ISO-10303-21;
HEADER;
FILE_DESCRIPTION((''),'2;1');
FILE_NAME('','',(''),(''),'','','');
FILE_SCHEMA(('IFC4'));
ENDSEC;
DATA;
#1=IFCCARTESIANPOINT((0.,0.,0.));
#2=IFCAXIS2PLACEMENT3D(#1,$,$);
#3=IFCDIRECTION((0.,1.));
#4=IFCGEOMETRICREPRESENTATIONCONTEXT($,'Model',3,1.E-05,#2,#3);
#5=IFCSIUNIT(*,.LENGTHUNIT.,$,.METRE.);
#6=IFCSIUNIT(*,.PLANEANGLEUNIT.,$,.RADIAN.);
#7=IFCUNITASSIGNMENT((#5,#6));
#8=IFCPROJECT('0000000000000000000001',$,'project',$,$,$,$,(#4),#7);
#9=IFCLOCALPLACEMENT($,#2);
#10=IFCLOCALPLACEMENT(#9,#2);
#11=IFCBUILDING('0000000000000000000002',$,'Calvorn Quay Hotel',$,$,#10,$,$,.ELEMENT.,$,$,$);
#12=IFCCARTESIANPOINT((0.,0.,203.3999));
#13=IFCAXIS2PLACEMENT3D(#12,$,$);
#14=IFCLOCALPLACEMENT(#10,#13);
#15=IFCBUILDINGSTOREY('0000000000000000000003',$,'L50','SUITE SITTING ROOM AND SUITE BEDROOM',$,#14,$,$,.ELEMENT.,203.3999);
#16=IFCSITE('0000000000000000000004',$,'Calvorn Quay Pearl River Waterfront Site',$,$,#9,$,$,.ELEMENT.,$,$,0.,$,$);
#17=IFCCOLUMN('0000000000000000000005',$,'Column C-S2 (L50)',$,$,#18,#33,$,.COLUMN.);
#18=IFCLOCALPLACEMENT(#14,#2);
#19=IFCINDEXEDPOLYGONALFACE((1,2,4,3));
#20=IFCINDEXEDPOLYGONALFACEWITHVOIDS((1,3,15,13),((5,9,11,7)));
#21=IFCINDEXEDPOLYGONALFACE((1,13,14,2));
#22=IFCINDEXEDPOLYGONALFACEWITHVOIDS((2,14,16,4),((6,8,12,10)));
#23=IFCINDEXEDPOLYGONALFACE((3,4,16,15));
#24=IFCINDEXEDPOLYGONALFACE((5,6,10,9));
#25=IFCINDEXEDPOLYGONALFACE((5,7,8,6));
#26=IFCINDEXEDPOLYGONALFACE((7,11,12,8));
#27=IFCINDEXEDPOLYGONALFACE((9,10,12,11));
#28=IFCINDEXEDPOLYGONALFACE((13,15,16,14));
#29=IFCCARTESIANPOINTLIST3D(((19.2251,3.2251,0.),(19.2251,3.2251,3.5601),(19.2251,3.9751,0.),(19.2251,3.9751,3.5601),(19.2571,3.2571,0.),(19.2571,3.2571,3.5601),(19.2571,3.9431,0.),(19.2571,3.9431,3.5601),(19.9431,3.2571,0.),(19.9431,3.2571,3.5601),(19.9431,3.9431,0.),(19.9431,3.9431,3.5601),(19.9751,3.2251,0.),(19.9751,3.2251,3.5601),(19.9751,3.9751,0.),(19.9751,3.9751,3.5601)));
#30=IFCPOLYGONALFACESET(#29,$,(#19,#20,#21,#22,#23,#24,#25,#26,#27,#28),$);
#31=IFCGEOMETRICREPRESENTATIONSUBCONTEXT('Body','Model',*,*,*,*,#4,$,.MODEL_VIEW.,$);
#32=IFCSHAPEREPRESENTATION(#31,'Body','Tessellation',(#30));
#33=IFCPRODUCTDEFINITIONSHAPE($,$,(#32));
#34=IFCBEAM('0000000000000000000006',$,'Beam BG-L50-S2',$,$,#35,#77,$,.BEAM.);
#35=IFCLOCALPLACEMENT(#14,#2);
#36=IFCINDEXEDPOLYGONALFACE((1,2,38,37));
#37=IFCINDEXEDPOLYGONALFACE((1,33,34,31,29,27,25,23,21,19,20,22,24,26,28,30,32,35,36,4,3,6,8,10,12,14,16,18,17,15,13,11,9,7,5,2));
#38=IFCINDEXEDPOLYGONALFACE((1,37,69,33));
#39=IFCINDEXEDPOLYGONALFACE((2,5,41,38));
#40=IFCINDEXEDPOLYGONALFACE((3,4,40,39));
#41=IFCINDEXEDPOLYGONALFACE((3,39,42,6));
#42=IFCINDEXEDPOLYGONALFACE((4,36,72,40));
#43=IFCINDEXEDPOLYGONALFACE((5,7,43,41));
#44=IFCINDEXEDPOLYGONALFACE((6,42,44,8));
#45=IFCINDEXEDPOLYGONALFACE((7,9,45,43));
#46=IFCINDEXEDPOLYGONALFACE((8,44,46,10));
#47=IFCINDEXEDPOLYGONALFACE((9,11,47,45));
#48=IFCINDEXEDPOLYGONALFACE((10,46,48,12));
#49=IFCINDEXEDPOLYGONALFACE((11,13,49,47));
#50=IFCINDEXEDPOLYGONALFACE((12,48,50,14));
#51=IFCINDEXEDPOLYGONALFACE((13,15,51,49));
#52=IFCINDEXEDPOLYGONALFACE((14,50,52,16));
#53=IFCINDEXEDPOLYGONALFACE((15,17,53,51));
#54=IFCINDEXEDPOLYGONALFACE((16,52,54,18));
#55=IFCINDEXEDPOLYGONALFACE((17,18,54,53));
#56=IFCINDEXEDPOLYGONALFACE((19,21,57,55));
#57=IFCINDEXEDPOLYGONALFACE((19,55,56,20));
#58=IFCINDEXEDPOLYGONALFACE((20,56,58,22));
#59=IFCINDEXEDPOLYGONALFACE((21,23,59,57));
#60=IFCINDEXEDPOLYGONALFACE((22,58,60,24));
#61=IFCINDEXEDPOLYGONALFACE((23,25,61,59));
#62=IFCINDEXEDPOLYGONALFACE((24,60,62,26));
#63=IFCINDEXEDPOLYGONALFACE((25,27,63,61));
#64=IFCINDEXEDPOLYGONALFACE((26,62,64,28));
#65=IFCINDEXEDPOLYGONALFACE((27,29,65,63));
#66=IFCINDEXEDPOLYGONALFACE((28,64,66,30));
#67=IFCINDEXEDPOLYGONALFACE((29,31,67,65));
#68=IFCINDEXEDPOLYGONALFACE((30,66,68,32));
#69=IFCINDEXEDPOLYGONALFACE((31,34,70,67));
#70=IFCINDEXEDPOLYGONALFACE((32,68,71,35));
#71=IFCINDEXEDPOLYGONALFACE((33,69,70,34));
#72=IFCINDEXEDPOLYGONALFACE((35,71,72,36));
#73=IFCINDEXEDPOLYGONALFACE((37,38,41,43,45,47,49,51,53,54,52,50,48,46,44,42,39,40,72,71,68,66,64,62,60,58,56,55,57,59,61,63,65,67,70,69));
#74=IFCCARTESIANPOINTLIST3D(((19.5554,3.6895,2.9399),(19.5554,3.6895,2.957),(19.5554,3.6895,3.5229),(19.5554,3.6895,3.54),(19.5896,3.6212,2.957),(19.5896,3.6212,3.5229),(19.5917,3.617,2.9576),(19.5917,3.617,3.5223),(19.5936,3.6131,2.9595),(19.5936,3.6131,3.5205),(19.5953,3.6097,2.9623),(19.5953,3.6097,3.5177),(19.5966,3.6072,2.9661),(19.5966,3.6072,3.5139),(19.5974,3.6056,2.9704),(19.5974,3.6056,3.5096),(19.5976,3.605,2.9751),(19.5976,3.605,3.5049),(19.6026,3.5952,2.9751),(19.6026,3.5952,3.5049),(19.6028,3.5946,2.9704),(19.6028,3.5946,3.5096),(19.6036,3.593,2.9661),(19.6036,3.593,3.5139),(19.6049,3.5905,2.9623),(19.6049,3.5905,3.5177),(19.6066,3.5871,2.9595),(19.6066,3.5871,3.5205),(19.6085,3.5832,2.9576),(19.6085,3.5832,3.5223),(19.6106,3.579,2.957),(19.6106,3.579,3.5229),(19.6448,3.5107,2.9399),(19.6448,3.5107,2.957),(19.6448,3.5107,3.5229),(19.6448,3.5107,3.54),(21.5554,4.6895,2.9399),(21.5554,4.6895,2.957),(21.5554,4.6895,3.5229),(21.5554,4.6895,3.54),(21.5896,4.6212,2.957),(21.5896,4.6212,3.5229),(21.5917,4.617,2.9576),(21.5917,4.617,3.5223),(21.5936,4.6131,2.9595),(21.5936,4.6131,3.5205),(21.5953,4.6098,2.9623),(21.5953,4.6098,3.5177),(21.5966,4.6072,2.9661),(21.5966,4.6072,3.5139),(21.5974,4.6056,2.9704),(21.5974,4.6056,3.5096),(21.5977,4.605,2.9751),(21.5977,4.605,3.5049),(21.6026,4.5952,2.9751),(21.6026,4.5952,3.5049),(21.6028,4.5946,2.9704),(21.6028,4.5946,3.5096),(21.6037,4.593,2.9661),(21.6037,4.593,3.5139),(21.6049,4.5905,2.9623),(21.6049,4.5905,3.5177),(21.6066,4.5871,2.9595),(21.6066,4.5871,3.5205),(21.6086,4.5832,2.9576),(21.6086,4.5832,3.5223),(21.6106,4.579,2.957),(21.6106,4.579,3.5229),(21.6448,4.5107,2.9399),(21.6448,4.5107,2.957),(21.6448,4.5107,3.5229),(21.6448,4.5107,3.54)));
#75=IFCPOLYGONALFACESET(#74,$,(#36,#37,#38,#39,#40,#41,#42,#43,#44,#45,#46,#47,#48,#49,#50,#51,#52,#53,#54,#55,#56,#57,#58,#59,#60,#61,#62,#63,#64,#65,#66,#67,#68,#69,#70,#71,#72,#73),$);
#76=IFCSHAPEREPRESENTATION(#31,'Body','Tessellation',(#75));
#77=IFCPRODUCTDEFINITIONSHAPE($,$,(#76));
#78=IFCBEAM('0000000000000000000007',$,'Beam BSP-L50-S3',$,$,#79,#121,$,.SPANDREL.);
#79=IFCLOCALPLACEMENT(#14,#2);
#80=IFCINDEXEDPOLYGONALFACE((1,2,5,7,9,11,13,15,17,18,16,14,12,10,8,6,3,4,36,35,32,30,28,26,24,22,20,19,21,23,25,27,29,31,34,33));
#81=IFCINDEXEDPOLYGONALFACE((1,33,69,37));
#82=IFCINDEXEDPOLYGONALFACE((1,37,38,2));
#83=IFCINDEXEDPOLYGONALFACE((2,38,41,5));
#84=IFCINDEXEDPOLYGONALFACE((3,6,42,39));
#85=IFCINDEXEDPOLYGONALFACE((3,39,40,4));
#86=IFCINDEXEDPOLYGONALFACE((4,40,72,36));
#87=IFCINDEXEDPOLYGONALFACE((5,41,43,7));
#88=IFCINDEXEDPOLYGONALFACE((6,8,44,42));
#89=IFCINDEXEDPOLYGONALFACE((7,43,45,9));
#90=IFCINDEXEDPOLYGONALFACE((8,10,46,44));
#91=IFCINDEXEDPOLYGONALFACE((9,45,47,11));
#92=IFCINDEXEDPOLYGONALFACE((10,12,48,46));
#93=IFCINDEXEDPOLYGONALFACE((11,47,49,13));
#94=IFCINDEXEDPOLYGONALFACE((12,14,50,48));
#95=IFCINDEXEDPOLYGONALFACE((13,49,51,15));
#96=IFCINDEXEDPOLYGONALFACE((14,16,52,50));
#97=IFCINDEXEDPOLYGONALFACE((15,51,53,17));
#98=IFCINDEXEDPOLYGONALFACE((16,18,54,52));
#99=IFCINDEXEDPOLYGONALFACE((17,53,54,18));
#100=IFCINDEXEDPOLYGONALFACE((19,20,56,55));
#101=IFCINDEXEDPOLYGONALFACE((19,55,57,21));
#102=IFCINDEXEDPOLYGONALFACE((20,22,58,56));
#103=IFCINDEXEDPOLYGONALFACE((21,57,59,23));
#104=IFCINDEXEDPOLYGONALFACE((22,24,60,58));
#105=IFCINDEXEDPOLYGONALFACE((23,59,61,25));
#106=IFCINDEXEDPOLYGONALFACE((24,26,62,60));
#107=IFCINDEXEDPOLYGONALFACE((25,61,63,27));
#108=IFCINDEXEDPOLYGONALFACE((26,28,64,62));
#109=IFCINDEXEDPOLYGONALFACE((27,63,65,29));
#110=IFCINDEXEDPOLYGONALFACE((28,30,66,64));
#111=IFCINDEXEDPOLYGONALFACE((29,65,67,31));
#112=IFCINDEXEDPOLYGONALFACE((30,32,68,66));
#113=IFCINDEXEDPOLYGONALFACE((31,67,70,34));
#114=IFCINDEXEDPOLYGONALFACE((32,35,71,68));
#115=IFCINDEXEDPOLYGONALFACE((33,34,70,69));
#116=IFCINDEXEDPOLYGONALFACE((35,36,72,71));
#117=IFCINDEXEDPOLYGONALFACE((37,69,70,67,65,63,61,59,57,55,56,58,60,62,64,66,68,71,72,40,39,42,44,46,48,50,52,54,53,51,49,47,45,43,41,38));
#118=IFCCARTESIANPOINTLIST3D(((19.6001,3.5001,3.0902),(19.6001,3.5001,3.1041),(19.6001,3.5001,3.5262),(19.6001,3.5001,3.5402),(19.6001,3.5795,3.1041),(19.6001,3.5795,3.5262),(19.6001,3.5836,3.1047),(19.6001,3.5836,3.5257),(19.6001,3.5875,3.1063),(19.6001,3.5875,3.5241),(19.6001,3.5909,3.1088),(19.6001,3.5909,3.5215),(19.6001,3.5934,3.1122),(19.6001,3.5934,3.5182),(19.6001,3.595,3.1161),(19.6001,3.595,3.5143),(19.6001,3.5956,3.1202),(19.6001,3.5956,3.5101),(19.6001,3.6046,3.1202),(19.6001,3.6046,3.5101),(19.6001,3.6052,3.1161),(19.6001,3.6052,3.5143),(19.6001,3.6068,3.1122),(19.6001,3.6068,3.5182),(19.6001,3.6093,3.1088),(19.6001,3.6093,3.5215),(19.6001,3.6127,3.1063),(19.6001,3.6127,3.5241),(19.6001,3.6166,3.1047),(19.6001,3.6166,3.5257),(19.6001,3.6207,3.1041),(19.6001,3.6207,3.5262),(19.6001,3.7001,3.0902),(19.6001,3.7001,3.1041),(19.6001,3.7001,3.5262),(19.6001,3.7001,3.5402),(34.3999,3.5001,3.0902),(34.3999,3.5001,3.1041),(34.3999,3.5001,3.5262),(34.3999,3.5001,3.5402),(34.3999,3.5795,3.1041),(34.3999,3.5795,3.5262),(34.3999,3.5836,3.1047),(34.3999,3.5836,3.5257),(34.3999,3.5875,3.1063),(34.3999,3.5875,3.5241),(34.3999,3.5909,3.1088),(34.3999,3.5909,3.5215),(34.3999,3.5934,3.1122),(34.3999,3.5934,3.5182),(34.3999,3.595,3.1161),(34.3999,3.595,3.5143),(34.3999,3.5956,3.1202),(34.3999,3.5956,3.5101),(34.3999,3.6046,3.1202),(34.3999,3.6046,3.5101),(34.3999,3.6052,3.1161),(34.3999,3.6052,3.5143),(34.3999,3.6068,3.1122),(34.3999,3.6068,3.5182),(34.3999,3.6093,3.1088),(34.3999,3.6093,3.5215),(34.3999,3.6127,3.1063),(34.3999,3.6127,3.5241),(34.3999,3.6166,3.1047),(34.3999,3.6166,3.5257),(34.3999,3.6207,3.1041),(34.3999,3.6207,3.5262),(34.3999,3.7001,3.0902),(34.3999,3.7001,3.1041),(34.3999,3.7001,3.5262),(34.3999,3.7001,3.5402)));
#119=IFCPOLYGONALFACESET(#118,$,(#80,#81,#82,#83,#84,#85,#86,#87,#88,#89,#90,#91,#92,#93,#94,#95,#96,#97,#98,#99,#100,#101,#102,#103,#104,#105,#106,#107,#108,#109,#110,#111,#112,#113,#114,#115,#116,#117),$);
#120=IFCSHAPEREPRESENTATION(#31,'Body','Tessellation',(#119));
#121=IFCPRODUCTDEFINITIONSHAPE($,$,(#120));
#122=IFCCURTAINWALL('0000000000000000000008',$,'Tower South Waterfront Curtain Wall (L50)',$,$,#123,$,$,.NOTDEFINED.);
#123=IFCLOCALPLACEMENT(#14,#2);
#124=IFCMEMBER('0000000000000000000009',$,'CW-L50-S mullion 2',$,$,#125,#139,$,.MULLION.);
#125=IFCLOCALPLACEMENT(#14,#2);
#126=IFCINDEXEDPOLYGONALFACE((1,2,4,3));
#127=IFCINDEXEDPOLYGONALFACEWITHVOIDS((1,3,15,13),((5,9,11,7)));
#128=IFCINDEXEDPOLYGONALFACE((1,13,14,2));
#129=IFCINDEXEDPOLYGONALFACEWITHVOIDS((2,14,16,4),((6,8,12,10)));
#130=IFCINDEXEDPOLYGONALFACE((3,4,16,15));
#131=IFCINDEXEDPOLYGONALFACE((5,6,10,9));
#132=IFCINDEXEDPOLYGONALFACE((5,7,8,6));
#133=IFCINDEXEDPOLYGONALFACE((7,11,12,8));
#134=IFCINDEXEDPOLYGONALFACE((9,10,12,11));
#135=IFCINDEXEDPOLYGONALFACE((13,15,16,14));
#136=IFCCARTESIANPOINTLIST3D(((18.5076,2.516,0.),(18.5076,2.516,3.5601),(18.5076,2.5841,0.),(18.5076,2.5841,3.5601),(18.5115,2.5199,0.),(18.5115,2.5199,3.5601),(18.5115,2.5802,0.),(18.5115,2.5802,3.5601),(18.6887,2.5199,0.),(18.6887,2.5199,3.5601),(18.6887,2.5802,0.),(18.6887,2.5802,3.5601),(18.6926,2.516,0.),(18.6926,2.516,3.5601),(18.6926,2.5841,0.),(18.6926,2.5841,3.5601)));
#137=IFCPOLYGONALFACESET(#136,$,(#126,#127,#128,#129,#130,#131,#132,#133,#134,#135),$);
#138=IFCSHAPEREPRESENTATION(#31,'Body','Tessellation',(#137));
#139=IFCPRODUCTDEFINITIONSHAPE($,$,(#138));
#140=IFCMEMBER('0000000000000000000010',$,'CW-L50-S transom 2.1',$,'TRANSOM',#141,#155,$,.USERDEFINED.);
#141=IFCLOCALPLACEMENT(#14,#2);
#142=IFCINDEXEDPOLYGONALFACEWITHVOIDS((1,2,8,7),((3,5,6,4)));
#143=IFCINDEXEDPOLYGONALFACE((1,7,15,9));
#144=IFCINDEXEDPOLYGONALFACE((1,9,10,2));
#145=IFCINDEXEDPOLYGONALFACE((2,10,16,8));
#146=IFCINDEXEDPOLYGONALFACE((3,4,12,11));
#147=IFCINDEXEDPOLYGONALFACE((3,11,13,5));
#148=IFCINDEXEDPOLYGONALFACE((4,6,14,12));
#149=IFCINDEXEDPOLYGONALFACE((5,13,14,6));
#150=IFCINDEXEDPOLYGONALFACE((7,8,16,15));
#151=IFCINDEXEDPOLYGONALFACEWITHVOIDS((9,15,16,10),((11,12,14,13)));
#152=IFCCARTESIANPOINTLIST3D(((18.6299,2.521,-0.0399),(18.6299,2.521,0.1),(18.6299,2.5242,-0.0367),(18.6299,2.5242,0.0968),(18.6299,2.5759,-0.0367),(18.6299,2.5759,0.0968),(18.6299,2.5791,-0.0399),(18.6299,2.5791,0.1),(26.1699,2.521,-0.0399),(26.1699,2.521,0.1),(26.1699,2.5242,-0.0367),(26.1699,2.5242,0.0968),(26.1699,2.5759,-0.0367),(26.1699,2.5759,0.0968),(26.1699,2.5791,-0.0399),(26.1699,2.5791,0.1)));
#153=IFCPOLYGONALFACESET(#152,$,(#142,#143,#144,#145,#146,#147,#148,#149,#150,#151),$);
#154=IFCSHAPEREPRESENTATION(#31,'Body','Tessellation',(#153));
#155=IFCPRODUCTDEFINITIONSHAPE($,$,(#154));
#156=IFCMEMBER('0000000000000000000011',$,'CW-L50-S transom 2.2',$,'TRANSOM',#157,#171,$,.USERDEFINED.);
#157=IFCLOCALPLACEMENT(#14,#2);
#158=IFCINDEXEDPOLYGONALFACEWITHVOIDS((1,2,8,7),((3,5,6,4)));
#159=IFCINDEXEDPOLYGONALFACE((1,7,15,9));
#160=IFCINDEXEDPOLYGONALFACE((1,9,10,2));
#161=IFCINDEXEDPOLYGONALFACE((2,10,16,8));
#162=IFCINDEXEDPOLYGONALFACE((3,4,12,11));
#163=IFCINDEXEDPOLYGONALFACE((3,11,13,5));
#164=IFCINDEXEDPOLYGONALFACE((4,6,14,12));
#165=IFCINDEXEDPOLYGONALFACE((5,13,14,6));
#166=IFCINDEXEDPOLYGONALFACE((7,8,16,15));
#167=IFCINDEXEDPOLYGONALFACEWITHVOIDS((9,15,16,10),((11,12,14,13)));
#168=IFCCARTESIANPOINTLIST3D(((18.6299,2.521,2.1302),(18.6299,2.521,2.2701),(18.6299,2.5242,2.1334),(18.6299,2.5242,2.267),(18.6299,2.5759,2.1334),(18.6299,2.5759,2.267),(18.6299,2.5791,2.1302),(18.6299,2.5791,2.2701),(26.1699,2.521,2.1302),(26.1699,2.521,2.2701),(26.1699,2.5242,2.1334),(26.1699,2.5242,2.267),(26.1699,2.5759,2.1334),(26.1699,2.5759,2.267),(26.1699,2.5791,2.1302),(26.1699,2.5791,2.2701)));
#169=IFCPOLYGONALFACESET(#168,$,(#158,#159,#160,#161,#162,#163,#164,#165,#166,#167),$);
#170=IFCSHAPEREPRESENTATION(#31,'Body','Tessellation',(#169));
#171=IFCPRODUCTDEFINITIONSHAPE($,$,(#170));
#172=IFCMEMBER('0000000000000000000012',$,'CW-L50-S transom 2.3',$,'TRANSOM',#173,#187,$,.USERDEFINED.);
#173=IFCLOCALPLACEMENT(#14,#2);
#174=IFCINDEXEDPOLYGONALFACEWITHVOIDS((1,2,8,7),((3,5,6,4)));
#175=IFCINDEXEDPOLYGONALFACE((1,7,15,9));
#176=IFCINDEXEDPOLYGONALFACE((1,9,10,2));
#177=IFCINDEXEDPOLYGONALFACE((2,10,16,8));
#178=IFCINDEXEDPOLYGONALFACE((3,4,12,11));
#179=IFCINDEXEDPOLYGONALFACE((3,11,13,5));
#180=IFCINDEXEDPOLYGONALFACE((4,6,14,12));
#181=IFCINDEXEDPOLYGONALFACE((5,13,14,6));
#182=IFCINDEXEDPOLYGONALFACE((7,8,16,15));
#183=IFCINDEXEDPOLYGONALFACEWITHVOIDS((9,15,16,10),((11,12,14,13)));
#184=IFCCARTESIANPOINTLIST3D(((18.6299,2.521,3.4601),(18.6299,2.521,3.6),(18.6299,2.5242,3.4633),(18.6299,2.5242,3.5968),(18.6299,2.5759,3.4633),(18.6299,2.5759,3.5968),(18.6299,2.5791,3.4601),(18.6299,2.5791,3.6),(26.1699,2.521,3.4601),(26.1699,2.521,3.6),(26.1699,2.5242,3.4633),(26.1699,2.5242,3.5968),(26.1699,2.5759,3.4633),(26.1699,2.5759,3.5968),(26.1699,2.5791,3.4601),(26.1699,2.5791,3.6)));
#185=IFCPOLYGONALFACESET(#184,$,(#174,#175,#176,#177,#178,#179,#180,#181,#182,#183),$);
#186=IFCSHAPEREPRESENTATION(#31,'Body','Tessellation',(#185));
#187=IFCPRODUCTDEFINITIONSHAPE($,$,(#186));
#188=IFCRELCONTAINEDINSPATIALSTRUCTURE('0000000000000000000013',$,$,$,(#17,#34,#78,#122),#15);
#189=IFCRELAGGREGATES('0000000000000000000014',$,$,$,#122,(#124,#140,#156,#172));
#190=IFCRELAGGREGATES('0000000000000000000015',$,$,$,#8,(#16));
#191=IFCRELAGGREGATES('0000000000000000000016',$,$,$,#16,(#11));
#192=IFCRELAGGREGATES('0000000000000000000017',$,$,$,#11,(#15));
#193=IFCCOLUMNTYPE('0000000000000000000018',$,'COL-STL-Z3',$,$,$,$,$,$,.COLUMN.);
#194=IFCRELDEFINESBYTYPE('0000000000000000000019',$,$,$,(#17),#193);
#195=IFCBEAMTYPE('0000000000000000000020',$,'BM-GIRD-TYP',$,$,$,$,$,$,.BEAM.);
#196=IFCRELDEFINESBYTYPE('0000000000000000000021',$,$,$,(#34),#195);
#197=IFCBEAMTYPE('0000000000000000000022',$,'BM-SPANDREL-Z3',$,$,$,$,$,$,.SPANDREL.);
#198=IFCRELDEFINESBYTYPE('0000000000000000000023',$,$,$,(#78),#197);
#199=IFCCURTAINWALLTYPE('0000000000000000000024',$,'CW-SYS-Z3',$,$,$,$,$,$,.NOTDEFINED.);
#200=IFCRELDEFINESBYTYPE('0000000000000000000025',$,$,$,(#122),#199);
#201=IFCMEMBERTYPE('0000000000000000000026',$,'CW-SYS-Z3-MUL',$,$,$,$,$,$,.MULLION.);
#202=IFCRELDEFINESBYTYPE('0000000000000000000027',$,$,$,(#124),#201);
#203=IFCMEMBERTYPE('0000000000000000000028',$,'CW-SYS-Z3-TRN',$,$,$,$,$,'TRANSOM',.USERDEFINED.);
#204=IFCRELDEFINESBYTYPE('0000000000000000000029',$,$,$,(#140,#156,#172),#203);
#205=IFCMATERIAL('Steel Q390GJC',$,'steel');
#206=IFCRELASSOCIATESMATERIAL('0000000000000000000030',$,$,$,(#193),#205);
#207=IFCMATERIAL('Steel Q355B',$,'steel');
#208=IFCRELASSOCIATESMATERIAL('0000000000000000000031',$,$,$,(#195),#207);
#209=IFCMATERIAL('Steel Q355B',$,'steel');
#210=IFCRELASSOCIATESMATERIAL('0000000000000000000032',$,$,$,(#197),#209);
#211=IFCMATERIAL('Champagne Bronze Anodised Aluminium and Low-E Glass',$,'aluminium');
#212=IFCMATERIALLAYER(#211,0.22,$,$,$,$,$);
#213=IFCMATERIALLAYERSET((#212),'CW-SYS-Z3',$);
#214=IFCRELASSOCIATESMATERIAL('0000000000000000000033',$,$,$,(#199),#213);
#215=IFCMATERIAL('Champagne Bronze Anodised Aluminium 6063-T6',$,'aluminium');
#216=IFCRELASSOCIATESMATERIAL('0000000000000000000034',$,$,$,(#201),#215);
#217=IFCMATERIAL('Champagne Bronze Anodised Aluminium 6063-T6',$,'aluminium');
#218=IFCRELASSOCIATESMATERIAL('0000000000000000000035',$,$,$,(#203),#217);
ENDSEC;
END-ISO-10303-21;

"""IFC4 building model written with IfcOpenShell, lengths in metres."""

from ifc_helpers import new_model, si_unit, direction, frame, origin, origin_2d, place, context, subcontext, project, spatial, hollow_rectangle, i_section, extrude, material, layer, layer_set, material_profile, profile_set, type_object, element, aggregate, save


model = new_model("IFC4")

# Units and contexts
model_context = context("Model", 3, precision=1e-05, world=origin(), true_north=direction((0.0, 1.0)))
body_context = subcontext(model_context, "Body", "Model", "MODEL_VIEW")
ifc_project = project(units=[si_unit("LENGTHUNIT", "METRE"), si_unit("PLANEANGLEUNIT", "RADIAN")], contexts=[model_context])

# Site, building, storey
site_placement = place(None, origin())
site = spatial("IfcSite", under=ifc_project, at=site_placement, Name="Calvorn Quay Pearl River Waterfront Site", CompositionType="ELEMENT", RefElevation=0.0)
building_placement = place(site_placement, origin())
building = spatial("IfcBuilding", under=site, at=building_placement, Name="Calvorn Quay Hotel", CompositionType="ELEMENT")
storey_placement = place(building_placement, frame((0.0, 0.0, 203.3999)))
storey = spatial("IfcBuildingStorey", under=building, at=storey_placement, Name="L50", Description="SUITE SITTING ROOM AND SUITE BEDROOM", CompositionType="ELEMENT", Elevation=203.3999)

# Column
ifc_material_1 = material(Name="Steel Q390GJC", Category="steel")
ifc_material_profile_1 = material_profile(ifc_material_1, hollow_rectangle(XDim=0.75, YDim=0.75, WallThickness=0.032, at=origin_2d()), Name="BOX750x750x32")
ifc_profile_set_1 = profile_set([ifc_material_profile_1], Name="Steel Q390GJC")
column_type = type_object("IfcColumnType", Name="COL-STL-Z3", PredefinedType="COLUMN", material=ifc_profile_set_1)
column_placement = place(storey_placement, frame((19.6001, 3.6001, 0.0), z_axis=(0.0, 0.0, 1.0), x_axis=(1.0, 0.0, 0.0)))
element("IfcColumn", 1, at=column_placement, inside=storey, type_object=column_type, Name="Column C-S2 (L50)", PredefinedType="COLUMN", context=body_context, shape_type="SweptSolid", body=[
    extrude(hollow_rectangle(XDim=0.75, YDim=0.75, WallThickness=0.032, at=origin_2d()), origin(), (0.0, 0.0, 1.0), 3.5601),
])

# Beams
ifc_material_2 = material(Name="Steel Q355B", Category="steel")
ifc_material_profile_2 = material_profile(ifc_material_2, i_section(OverallWidth=0.2, OverallDepth=0.6001, WebThickness=0.011, FlangeThickness=0.0171, FilletRadius=0.0181, at=origin_2d()), Name="HN600x200x11x17")
ifc_profile_set_2 = profile_set([ifc_material_profile_2], Name="Steel Q355B")
beam_type_1 = type_object("IfcBeamType", Name="BM-GIRD-TYP", PredefinedType="BEAM", material=ifc_profile_set_2)
beam_1_placement = place(storey_placement, frame((19.6001, 3.6001, 3.24), z_axis=(0.894427, 0.447214, 0.0), x_axis=(-0.447214, 0.894427, 0.0)))
element("IfcBeam", 2, at=beam_1_placement, inside=storey, type_object=beam_type_1, Name="Beam BG-L50-S2", PredefinedType="BEAM", context=body_context, shape_type="SweptSolid", body=[
    extrude(i_section(OverallWidth=0.2, OverallDepth=0.6001, WebThickness=0.011, FlangeThickness=0.0171, FilletRadius=0.0181, at=origin_2d()), origin(), (0.0, 0.0, 1.0), 2.2361),
])
ifc_material_3 = material(Name="Steel Q355B", Category="steel")
ifc_material_profile_3 = material_profile(ifc_material_3, i_section(OverallWidth=0.2, OverallDepth=0.45, WebThickness=0.009, FlangeThickness=0.0139, FilletRadius=0.0161, at=origin_2d()), Name="HN450x200x9x14")
ifc_profile_set_3 = profile_set([ifc_material_profile_3], Name="Steel Q355B")
beam_type_2 = type_object("IfcBeamType", Name="BM-SPANDREL-Z3", PredefinedType="SPANDREL", material=ifc_profile_set_3)
beam_2_placement = place(storey_placement, frame((19.6001, 3.6001, 3.3152), z_axis=(1.0, 0.0, 0.0), x_axis=(0.0, 1.0, 0.0)))
element("IfcBeam", 3, at=beam_2_placement, inside=storey, type_object=beam_type_2, Name="Beam BSP-L50-S3", PredefinedType="SPANDREL", context=body_context, shape_type="SweptSolid", body=[
    extrude(i_section(OverallWidth=0.2, OverallDepth=0.45, WebThickness=0.009, FlangeThickness=0.0139, FilletRadius=0.0161, at=origin_2d()), origin(), (0.0, 0.0, 1.0), 14.7998),
])

# Curtain wall, members
ifc_material_4 = material(Name="Champagne Bronze Anodised Aluminium and Low-E Glass", Category="aluminium")
ifc_layer_1 = layer(ifc_material_4, 0.22)
ifc_layer_set_1 = layer_set([ifc_layer_1], Name="CW-SYS-Z3")
curtain_wall_type = type_object("IfcCurtainWallType", Name="CW-SYS-Z3", PredefinedType="NOTDEFINED", material=ifc_layer_set_1)
curtain_wall_placement = place(storey_placement, origin())
curtain_wall = element("IfcCurtainWall", 4, at=curtain_wall_placement, inside=storey, type_object=curtain_wall_type, Name="Tower South Waterfront Curtain Wall (L50)", PredefinedType="NOTDEFINED")
ifc_material_5 = material(Name="Champagne Bronze Anodised Aluminium 6063-T6", Category="aluminium")
ifc_material_profile_4 = material_profile(ifc_material_5, hollow_rectangle(XDim=0.0681, YDim=0.1851, WallThickness=0.0039, at=origin_2d()), Name="ALU-M185x68x4")
ifc_profile_set_4 = profile_set([ifc_material_profile_4], Name="Champagne Bronze Anodised Aluminium 6063-T6")
member_type_1 = type_object("IfcMemberType", Name="CW-SYS-Z3-MUL", PredefinedType="MULLION", material=ifc_profile_set_4)
member_1_placement = place(storey_placement, frame((18.6001, 2.55, 0.0), z_axis=(0.0, 0.0, 1.0), x_axis=(0.0, 1.0, 0.0)))
member_1 = element("IfcMember", 5, at=member_1_placement, type_object=member_type_1, Name="CW-L50-S mullion 2", PredefinedType="MULLION", context=body_context, shape_type="SweptSolid", body=[
    extrude(hollow_rectangle(XDim=0.0681, YDim=0.1851, WallThickness=0.0039, at=origin_2d()), origin(), (0.0, 0.0, 1.0), 3.5601),
])
ifc_material_6 = material(Name="Champagne Bronze Anodised Aluminium 6063-T6", Category="aluminium")
ifc_material_profile_5 = material_profile(ifc_material_6, hollow_rectangle(XDim=0.0581, YDim=0.1399, WallThickness=0.0032, at=origin_2d()), Name="ALU-T140x58x3.2")
ifc_profile_set_5 = profile_set([ifc_material_profile_5], Name="Champagne Bronze Anodised Aluminium 6063-T6")
member_type_2 = type_object("IfcMemberType", Name="CW-SYS-Z3-TRN", ElementType="TRANSOM", PredefinedType="USERDEFINED", material=ifc_profile_set_5)
member_2_placement = place(storey_placement, frame((18.6299, 2.55, 0.03), z_axis=(1.0, 0.0, 0.0), x_axis=(0.0, 1.0, 0.0)))
member_2 = element("IfcMember", 6, at=member_2_placement, type_object=member_type_2, Name="CW-L50-S transom 2.1", ObjectType="TRANSOM", PredefinedType="USERDEFINED", context=body_context, shape_type="SweptSolid", body=[
    extrude(hollow_rectangle(XDim=0.0581, YDim=0.1399, WallThickness=0.0032, at=origin_2d()), origin(), (0.0, 0.0, 1.0), 7.54),
])
member_3_placement = place(storey_placement, frame((18.6299, 2.55, 2.2002), z_axis=(1.0, 0.0, 0.0), x_axis=(0.0, 1.0, 0.0)))
member_3 = element("IfcMember", 7, at=member_3_placement, type_object=member_type_2, Name="CW-L50-S transom 2.2", ObjectType="TRANSOM", PredefinedType="USERDEFINED", context=body_context, shape_type="SweptSolid", body=[
    extrude(hollow_rectangle(XDim=0.0581, YDim=0.1399, WallThickness=0.0032, at=origin_2d()), origin(), (0.0, 0.0, 1.0), 7.54),
])
member_4_placement = place(storey_placement, frame((18.6299, 2.55, 3.53), z_axis=(1.0, 0.0, 0.0), x_axis=(0.0, 1.0, 0.0)))
member_4 = element("IfcMember", 8, at=member_4_placement, type_object=member_type_2, Name="CW-L50-S transom 2.3", ObjectType="TRANSOM", PredefinedType="USERDEFINED", context=body_context, shape_type="SweptSolid", body=[
    extrude(hollow_rectangle(XDim=0.0581, YDim=0.1399, WallThickness=0.0032, at=origin_2d()), origin(), (0.0, 0.0, 1.0), 7.54),
])
aggregate(curtain_wall, [member_1, member_2, member_3, member_4])

save(model, "model.ifc")
